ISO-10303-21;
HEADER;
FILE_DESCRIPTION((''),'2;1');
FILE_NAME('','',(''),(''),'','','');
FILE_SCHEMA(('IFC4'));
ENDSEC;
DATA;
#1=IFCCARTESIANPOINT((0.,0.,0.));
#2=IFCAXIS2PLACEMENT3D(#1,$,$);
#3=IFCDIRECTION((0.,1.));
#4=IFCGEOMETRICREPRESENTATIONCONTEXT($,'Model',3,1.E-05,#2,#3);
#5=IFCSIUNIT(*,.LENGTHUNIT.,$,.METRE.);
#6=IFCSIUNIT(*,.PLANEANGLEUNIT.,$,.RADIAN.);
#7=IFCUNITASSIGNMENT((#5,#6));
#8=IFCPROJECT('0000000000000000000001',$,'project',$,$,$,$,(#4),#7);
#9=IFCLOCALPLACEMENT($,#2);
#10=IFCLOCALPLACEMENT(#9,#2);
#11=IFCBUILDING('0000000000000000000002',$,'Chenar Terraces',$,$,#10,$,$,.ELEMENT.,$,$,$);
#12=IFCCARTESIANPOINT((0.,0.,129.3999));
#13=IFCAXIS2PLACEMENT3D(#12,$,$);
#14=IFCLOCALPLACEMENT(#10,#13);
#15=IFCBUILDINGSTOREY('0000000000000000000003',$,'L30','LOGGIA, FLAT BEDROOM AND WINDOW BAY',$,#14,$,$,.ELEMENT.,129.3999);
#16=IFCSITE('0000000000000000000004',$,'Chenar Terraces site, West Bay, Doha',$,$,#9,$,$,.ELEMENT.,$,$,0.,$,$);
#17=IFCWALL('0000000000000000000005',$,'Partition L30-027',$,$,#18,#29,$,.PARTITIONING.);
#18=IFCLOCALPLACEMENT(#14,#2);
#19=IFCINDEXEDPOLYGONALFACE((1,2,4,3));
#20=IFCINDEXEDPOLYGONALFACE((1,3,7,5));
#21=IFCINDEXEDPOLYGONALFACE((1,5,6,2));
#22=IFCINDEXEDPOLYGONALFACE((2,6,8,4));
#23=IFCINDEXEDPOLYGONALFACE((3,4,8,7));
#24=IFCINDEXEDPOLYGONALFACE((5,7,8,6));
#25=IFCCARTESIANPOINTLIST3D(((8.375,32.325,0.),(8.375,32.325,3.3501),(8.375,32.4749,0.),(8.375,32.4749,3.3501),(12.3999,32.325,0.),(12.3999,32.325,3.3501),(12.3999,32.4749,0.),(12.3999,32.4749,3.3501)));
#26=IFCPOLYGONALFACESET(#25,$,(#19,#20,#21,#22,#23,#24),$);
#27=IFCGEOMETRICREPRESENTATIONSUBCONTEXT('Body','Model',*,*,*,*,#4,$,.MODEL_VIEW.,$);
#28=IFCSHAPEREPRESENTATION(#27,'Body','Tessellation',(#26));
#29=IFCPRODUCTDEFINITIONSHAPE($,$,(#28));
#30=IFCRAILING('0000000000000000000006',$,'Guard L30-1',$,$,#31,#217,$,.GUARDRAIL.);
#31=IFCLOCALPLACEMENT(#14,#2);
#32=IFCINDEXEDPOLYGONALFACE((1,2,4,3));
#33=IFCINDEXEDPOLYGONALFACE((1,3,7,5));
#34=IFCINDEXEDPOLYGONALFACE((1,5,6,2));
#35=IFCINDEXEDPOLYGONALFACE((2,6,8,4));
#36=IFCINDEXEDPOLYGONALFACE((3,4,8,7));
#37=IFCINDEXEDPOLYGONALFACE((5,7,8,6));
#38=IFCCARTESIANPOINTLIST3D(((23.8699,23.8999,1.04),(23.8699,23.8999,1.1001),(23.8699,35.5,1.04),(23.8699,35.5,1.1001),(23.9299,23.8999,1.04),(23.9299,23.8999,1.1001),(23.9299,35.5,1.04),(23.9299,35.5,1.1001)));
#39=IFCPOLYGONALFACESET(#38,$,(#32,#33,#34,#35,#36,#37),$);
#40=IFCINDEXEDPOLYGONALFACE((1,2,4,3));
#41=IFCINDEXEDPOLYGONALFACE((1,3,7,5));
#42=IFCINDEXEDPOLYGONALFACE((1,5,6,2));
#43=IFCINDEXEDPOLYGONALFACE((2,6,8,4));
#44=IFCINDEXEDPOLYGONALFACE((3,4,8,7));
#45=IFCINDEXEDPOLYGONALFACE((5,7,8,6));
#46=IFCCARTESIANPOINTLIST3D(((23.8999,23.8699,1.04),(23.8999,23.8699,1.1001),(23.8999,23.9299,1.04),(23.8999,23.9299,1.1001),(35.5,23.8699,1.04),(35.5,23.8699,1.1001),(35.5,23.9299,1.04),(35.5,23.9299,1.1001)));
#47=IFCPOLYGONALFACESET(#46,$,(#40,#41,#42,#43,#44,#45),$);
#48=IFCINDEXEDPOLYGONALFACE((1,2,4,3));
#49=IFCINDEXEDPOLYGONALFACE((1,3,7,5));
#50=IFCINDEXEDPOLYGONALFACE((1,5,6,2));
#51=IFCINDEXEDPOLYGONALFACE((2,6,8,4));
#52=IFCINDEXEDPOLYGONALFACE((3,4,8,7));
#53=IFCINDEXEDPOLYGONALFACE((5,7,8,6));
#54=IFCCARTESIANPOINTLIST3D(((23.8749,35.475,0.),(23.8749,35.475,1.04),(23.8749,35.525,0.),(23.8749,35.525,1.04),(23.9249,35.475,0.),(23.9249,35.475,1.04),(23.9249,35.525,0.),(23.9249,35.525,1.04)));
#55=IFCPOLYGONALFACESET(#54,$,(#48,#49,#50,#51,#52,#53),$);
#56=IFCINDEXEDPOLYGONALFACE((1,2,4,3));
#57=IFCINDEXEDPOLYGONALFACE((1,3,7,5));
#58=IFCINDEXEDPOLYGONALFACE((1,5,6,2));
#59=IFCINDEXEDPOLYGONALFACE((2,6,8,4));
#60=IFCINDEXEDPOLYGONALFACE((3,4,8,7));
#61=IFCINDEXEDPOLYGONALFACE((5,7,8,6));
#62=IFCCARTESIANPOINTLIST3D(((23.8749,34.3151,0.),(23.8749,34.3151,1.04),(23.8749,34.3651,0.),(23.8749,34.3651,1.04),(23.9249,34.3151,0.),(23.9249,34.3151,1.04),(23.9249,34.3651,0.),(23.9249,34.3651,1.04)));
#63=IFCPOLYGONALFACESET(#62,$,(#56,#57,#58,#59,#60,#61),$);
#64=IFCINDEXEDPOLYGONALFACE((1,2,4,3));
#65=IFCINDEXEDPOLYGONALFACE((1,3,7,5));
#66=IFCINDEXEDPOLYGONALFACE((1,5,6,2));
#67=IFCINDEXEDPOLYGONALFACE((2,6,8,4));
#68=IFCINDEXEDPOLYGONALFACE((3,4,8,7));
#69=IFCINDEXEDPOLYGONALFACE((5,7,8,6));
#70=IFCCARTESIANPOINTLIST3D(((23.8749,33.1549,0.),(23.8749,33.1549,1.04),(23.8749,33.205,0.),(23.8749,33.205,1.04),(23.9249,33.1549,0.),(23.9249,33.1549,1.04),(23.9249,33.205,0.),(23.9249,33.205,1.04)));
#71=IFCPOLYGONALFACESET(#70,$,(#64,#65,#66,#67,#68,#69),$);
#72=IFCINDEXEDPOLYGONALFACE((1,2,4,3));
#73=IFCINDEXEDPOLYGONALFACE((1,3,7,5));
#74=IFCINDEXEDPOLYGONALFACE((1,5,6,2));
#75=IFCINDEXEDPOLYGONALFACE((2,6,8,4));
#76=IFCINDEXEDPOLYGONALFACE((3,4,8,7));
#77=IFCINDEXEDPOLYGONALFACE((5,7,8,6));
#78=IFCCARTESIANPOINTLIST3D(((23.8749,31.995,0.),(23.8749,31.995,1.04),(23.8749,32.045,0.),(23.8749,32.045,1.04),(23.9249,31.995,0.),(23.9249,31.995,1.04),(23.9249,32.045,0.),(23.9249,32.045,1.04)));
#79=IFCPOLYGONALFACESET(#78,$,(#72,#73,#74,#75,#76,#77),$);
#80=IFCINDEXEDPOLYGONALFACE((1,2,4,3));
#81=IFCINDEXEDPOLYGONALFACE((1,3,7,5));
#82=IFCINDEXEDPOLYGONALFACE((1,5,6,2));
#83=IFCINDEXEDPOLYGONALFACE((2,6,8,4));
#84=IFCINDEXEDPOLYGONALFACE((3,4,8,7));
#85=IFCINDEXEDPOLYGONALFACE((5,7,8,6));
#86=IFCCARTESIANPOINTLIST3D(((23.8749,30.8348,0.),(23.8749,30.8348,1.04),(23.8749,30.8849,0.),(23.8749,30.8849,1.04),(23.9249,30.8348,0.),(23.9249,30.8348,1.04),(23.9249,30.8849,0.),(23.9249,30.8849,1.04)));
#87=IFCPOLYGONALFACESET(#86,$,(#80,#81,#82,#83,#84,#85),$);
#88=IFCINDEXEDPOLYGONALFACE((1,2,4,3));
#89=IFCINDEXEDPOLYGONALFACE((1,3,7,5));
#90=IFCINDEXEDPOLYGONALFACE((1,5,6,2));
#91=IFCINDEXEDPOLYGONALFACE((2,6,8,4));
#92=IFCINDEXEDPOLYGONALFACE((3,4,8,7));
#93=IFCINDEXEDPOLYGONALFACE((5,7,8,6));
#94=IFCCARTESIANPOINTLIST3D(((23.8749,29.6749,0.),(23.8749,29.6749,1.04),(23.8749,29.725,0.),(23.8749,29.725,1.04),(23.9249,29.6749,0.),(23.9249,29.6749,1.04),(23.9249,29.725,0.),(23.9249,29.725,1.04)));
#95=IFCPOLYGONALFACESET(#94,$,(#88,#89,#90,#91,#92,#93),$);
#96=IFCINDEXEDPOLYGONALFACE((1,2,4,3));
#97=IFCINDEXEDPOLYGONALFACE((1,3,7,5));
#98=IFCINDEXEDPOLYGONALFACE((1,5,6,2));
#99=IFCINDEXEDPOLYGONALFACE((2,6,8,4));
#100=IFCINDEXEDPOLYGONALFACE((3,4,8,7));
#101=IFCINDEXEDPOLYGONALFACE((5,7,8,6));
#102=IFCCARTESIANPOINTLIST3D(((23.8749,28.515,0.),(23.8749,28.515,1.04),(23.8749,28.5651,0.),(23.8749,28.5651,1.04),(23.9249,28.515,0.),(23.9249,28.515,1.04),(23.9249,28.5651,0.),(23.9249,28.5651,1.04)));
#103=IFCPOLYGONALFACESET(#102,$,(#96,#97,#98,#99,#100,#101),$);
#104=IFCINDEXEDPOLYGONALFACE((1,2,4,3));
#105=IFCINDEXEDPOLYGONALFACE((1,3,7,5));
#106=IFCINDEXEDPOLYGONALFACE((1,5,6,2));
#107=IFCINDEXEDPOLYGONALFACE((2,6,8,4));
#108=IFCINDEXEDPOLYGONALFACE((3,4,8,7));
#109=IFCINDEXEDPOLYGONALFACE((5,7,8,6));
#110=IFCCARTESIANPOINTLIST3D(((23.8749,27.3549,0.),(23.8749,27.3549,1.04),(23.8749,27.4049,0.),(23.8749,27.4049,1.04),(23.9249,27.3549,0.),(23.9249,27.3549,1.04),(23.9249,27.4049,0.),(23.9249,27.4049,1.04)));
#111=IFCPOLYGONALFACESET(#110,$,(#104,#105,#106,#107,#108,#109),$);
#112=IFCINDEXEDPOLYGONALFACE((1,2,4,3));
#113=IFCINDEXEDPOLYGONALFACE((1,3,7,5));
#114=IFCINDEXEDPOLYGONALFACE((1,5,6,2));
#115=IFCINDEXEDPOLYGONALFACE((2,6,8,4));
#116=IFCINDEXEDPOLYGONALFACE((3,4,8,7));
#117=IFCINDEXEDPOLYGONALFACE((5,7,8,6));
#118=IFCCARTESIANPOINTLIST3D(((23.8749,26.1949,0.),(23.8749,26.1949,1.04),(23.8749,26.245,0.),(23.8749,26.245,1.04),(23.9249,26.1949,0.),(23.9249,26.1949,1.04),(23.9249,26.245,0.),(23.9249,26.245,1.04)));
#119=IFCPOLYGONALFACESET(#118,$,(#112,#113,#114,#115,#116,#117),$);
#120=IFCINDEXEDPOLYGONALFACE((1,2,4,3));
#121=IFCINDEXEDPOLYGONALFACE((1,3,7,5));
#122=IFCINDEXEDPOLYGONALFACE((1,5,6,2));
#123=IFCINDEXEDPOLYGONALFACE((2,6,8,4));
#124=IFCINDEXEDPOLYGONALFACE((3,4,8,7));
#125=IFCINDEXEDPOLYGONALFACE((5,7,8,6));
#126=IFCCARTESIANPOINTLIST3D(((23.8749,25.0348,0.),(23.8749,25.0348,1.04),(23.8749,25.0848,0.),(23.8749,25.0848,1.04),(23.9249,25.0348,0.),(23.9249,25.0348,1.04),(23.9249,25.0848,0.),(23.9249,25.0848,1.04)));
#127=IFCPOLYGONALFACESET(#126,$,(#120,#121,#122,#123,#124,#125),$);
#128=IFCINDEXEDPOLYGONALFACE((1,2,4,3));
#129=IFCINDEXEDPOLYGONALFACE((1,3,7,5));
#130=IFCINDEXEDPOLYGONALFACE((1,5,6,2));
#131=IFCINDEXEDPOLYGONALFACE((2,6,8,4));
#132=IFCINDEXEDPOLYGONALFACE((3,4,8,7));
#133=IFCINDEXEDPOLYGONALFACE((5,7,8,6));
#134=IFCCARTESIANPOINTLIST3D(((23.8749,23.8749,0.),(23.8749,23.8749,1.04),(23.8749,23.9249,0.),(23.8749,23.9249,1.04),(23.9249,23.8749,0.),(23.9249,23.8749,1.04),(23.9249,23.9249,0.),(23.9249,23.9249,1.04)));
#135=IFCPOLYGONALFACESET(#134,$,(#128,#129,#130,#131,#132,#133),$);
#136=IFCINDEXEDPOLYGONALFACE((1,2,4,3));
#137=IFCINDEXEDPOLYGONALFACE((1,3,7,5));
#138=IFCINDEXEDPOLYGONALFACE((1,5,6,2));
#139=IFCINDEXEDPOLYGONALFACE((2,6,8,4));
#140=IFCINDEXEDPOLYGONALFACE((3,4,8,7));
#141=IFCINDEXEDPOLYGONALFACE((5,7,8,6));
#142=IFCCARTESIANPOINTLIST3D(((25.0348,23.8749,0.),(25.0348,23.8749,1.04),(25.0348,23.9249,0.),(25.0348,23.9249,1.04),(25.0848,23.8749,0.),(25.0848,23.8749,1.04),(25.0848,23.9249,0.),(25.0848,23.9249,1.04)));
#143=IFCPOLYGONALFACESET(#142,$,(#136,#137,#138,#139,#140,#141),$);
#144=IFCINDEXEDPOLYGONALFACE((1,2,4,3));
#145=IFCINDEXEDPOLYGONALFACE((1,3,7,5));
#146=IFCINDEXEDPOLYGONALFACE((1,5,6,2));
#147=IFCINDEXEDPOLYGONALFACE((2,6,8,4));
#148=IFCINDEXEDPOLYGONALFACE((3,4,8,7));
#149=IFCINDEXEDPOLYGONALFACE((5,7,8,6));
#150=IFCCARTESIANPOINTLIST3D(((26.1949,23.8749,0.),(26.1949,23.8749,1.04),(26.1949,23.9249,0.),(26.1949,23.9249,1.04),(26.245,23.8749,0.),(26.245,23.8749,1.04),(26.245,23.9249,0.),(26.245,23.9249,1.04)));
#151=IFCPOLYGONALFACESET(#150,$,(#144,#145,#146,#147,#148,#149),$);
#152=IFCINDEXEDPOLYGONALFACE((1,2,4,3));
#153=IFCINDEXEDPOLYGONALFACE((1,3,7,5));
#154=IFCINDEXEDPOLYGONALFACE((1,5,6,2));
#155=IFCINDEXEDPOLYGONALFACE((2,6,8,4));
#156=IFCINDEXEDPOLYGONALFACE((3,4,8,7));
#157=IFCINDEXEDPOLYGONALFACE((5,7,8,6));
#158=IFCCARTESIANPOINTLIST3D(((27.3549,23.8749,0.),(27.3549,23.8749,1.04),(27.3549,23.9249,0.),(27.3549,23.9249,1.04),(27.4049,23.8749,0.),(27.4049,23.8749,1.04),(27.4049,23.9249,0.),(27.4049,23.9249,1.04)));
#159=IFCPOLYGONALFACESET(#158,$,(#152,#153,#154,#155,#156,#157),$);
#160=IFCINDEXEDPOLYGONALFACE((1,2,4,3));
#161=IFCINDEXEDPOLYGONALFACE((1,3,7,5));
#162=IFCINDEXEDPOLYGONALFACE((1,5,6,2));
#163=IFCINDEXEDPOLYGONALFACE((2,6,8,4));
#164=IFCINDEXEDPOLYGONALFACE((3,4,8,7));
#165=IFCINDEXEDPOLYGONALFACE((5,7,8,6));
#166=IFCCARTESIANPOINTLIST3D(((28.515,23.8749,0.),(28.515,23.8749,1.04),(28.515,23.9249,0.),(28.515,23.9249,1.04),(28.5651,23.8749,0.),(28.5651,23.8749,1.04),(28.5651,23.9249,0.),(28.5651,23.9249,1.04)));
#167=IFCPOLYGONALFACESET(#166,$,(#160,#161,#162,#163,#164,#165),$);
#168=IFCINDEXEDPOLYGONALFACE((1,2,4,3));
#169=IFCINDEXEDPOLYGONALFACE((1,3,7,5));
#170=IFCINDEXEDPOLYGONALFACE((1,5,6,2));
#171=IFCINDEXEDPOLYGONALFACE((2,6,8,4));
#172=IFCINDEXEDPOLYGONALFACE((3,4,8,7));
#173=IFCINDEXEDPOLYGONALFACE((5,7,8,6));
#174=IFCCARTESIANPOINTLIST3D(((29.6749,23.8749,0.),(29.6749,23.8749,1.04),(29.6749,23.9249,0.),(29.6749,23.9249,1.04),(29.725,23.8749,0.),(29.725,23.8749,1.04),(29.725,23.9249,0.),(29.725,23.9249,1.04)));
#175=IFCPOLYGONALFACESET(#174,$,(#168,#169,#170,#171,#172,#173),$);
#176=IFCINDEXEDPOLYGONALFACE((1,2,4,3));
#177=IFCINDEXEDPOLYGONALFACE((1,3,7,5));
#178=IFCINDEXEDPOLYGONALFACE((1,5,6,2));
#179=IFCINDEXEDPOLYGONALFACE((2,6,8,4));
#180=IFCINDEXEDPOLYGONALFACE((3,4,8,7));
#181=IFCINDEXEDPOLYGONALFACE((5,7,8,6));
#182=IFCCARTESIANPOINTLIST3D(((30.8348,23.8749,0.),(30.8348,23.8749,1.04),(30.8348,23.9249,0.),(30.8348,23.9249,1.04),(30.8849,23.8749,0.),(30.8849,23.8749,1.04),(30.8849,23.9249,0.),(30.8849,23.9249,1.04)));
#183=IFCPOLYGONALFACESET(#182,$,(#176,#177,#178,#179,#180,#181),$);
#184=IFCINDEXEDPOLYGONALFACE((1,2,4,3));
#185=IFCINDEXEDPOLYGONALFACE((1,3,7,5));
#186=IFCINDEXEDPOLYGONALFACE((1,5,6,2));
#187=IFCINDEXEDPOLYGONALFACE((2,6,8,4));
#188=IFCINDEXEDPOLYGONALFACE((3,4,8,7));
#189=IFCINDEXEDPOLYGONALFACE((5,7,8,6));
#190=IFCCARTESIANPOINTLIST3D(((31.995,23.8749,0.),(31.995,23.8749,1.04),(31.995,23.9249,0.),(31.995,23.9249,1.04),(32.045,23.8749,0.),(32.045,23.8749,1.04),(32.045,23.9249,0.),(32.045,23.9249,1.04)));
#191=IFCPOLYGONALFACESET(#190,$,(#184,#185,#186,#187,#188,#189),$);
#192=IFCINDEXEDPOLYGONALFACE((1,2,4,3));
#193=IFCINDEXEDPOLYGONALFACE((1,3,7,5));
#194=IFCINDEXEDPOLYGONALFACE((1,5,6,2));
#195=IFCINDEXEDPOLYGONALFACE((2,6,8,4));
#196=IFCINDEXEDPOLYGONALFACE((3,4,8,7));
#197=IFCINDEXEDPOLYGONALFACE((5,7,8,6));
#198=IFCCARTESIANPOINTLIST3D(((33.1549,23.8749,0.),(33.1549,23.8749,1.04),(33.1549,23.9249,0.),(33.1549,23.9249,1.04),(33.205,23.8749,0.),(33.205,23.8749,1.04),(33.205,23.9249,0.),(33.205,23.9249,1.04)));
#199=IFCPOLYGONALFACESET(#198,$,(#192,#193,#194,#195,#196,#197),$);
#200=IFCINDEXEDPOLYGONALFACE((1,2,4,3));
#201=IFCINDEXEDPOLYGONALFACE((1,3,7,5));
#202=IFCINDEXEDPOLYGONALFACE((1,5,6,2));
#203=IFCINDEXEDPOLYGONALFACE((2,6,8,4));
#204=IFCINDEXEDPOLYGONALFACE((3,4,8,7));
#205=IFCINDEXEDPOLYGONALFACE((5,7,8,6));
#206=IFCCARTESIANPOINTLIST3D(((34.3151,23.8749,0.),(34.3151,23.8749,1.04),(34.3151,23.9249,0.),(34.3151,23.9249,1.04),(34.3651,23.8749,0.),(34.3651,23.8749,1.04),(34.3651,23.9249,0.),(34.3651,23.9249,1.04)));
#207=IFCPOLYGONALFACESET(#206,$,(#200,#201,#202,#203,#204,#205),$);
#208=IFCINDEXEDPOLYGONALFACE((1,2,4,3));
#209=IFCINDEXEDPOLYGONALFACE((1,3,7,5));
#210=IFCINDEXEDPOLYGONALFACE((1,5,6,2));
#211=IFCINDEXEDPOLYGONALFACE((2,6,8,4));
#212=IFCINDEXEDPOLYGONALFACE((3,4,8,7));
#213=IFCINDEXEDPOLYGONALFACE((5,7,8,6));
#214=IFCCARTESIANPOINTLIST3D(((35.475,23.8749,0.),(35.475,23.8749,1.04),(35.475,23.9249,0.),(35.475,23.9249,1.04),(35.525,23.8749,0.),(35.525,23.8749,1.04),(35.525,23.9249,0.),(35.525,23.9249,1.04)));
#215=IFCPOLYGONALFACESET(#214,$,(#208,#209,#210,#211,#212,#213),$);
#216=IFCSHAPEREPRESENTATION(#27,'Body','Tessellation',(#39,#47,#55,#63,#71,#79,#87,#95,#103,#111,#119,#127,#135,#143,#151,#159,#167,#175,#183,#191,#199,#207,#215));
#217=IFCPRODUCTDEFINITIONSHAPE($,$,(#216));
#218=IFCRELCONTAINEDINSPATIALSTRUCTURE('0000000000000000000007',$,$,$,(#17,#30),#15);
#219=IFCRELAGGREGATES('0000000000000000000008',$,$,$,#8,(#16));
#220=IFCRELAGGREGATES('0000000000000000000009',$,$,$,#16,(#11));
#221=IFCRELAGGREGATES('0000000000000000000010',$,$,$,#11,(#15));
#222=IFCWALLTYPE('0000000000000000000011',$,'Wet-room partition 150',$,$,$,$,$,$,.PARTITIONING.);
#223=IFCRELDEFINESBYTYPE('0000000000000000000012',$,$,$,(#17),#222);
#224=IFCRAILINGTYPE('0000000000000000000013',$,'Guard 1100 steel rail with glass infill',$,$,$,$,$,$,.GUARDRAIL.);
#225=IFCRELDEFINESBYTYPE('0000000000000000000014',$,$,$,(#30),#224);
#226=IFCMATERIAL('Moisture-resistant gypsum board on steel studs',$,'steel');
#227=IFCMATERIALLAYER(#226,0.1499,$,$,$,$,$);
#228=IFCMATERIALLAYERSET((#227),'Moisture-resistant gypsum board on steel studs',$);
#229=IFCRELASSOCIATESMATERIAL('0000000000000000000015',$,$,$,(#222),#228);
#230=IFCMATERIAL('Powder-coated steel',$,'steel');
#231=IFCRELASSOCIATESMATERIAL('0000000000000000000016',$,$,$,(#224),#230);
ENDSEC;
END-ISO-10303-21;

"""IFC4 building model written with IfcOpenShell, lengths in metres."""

from ifc_helpers import new_model, si_unit, direction, frame, frame_2d, origin, origin_2d, place, context, subcontext, project, spatial, rectangle, extrude, material, layer, layer_set, type_object, element, save


model = new_model("IFC4")

# Units and contexts
model_context = context("Model", 3, precision=1e-05, world=origin(), true_north=direction((0.0, 1.0)))
body_context = subcontext(model_context, "Body", "Model", "MODEL_VIEW")
ifc_project = project(units=[si_unit("LENGTHUNIT", "METRE"), si_unit("PLANEANGLEUNIT", "RADIAN")], contexts=[model_context])

# Site, building, storey
site_placement = place(None, origin())
site = spatial("IfcSite", under=ifc_project, at=site_placement, Name="Chenar Terraces site, West Bay, Doha", CompositionType="ELEMENT", RefElevation=0.0)
building_placement = place(site_placement, origin())
building = spatial("IfcBuilding", under=site, at=building_placement, Name="Chenar Terraces", CompositionType="ELEMENT")
storey_placement = place(building_placement, frame((0.0, 0.0, 129.3999)))
storey = spatial("IfcBuildingStorey", under=building, at=storey_placement, Name="L30", Description="LOGGIA, FLAT BEDROOM AND WINDOW BAY", CompositionType="ELEMENT", Elevation=129.3999)

# Wall
ifc_material_1 = material(Name="Moisture-resistant gypsum board on steel studs", Category="steel")
ifc_layer_1 = layer(ifc_material_1, 0.1499)
ifc_layer_set_1 = layer_set([ifc_layer_1], Name="Moisture-resistant gypsum board on steel studs")
wall_type_1 = type_object("IfcWallType", Name="Wet-room partition 150", PredefinedType="PARTITIONING", material=ifc_layer_set_1)
for number, where, z_axis, x_axis, name in (
    (1, (8.375, 32.3999, 0.0), (0.0, 0.0, 1.0), (1.0, 0.0, 0.0), "Partition L30-027"),
):
    element("IfcWall", number, at=place(storey_placement, frame(where, z_axis=z_axis, x_axis=x_axis)), inside=storey, type_object=wall_type_1, Name=name, PredefinedType="PARTITIONING", context=body_context, shape_type="SweptSolid", body=[
        extrude(rectangle(XDim=4.0249, YDim=0.1499, at=frame_2d((2.0125, 0.0))), origin(), (0.0, 0.0, 1.0), 3.3501),
    ])

# Railing
ifc_material_2 = material(Name="Powder-coated steel", Category="steel")
railing_type = type_object("IfcRailingType", Name="Guard 1100 steel rail with glass infill", PredefinedType="GUARDRAIL", material=ifc_material_2)
railing_placement = place(storey_placement, frame((23.8999, 35.5, 0.0)))
element("IfcRailing", 2, at=railing_placement, inside=storey, type_object=railing_type, Name="Guard L30-1", PredefinedType="GUARDRAIL", context=body_context, shape_type="SweptSolid", body=[
    extrude(rectangle(XDim=0.0601, YDim=0.0601, at=origin_2d()), frame((0.0, 0.0, 1.0701), z_axis=(0.0, -1.0, 0.0), x_axis=(1.0, 0.0, 0.0)), (0.0, 0.0, 1.0), 11.6001),
    extrude(rectangle(XDim=0.0601, YDim=0.0601, at=origin_2d()), frame((0.0, -11.6001, 1.0701), z_axis=(1.0, 0.0, 0.0), x_axis=(0.0, 1.0, 0.0)), (0.0, 0.0, 1.0), 11.6001),
    extrude(rectangle(XDim=0.05, YDim=0.05, at=origin_2d()), origin(), (0.0, 0.0, 1.0), 1.04),
    extrude(rectangle(XDim=0.05, YDim=0.05, at=origin_2d()), frame((0.0, -1.1599, 0.0)), (0.0, 0.0, 1.0), 1.04),
    extrude(rectangle(XDim=0.05, YDim=0.05, at=origin_2d()), frame((0.0, -2.3201, 0.0)), (0.0, 0.0, 1.0), 1.04),
    extrude(rectangle(XDim=0.05, YDim=0.05, at=origin_2d()), frame((0.0, -3.48, 0.0)), (0.0, 0.0, 1.0), 1.04),
    extrude(rectangle(XDim=0.05, YDim=0.05, at=origin_2d()), frame((0.0, -4.6401, 0.0)), (0.0, 0.0, 1.0), 1.04),
    extrude(rectangle(XDim=0.05, YDim=0.05, at=origin_2d()), frame((0.0, -5.8, 0.0)), (0.0, 0.0, 1.0), 1.04),
    extrude(rectangle(XDim=0.05, YDim=0.05, at=origin_2d()), frame((0.0, -6.96, 0.0)), (0.0, 0.0, 1.0), 1.04),
    extrude(rectangle(XDim=0.05, YDim=0.05, at=origin_2d()), frame((0.0, -8.1201, 0.0)), (0.0, 0.0, 1.0), 1.04),
    extrude(rectangle(XDim=0.05, YDim=0.05, at=origin_2d()), frame((0.0, -9.28, 0.0)), (0.0, 0.0, 1.0), 1.04),
    extrude(rectangle(XDim=0.05, YDim=0.05, at=origin_2d()), frame((0.0, -10.4402, 0.0)), (0.0, 0.0, 1.0), 1.04),
    extrude(rectangle(XDim=0.05, YDim=0.05, at=origin_2d()), frame((0.0, -11.6001, 0.0)), (0.0, 0.0, 1.0), 1.04),
    extrude(rectangle(XDim=0.05, YDim=0.05, at=origin_2d()), frame((1.1599, -11.6001, 0.0)), (0.0, 0.0, 1.0), 1.04),
    extrude(rectangle(XDim=0.05, YDim=0.05, at=origin_2d()), frame((2.3201, -11.6001, 0.0)), (0.0, 0.0, 1.0), 1.04),
    extrude(rectangle(XDim=0.05, YDim=0.05, at=origin_2d()), frame((3.48, -11.6001, 0.0)), (0.0, 0.0, 1.0), 1.04),
    extrude(rectangle(XDim=0.05, YDim=0.05, at=origin_2d()), frame((4.6401, -11.6001, 0.0)), (0.0, 0.0, 1.0), 1.04),
    extrude(rectangle(XDim=0.05, YDim=0.05, at=origin_2d()), frame((5.8, -11.6001, 0.0)), (0.0, 0.0, 1.0), 1.04),
    extrude(rectangle(XDim=0.05, YDim=0.05, at=origin_2d()), frame((6.96, -11.6001, 0.0)), (0.0, 0.0, 1.0), 1.04),
    extrude(rectangle(XDim=0.05, YDim=0.05, at=origin_2d()), frame((8.1201, -11.6001, 0.0)), (0.0, 0.0, 1.0), 1.04),
    extrude(rectangle(XDim=0.05, YDim=0.05, at=origin_2d()), frame((9.28, -11.6001, 0.0)), (0.0, 0.0, 1.0), 1.04),
    extrude(rectangle(XDim=0.05, YDim=0.05, at=origin_2d()), frame((10.4402, -11.6001, 0.0)), (0.0, 0.0, 1.0), 1.04),
    extrude(rectangle(XDim=0.05, YDim=0.05, at=origin_2d()), frame((11.6001, -11.6001, 0.0)), (0.0, 0.0, 1.0), 1.04),
])

save(model, "model.ifc")
